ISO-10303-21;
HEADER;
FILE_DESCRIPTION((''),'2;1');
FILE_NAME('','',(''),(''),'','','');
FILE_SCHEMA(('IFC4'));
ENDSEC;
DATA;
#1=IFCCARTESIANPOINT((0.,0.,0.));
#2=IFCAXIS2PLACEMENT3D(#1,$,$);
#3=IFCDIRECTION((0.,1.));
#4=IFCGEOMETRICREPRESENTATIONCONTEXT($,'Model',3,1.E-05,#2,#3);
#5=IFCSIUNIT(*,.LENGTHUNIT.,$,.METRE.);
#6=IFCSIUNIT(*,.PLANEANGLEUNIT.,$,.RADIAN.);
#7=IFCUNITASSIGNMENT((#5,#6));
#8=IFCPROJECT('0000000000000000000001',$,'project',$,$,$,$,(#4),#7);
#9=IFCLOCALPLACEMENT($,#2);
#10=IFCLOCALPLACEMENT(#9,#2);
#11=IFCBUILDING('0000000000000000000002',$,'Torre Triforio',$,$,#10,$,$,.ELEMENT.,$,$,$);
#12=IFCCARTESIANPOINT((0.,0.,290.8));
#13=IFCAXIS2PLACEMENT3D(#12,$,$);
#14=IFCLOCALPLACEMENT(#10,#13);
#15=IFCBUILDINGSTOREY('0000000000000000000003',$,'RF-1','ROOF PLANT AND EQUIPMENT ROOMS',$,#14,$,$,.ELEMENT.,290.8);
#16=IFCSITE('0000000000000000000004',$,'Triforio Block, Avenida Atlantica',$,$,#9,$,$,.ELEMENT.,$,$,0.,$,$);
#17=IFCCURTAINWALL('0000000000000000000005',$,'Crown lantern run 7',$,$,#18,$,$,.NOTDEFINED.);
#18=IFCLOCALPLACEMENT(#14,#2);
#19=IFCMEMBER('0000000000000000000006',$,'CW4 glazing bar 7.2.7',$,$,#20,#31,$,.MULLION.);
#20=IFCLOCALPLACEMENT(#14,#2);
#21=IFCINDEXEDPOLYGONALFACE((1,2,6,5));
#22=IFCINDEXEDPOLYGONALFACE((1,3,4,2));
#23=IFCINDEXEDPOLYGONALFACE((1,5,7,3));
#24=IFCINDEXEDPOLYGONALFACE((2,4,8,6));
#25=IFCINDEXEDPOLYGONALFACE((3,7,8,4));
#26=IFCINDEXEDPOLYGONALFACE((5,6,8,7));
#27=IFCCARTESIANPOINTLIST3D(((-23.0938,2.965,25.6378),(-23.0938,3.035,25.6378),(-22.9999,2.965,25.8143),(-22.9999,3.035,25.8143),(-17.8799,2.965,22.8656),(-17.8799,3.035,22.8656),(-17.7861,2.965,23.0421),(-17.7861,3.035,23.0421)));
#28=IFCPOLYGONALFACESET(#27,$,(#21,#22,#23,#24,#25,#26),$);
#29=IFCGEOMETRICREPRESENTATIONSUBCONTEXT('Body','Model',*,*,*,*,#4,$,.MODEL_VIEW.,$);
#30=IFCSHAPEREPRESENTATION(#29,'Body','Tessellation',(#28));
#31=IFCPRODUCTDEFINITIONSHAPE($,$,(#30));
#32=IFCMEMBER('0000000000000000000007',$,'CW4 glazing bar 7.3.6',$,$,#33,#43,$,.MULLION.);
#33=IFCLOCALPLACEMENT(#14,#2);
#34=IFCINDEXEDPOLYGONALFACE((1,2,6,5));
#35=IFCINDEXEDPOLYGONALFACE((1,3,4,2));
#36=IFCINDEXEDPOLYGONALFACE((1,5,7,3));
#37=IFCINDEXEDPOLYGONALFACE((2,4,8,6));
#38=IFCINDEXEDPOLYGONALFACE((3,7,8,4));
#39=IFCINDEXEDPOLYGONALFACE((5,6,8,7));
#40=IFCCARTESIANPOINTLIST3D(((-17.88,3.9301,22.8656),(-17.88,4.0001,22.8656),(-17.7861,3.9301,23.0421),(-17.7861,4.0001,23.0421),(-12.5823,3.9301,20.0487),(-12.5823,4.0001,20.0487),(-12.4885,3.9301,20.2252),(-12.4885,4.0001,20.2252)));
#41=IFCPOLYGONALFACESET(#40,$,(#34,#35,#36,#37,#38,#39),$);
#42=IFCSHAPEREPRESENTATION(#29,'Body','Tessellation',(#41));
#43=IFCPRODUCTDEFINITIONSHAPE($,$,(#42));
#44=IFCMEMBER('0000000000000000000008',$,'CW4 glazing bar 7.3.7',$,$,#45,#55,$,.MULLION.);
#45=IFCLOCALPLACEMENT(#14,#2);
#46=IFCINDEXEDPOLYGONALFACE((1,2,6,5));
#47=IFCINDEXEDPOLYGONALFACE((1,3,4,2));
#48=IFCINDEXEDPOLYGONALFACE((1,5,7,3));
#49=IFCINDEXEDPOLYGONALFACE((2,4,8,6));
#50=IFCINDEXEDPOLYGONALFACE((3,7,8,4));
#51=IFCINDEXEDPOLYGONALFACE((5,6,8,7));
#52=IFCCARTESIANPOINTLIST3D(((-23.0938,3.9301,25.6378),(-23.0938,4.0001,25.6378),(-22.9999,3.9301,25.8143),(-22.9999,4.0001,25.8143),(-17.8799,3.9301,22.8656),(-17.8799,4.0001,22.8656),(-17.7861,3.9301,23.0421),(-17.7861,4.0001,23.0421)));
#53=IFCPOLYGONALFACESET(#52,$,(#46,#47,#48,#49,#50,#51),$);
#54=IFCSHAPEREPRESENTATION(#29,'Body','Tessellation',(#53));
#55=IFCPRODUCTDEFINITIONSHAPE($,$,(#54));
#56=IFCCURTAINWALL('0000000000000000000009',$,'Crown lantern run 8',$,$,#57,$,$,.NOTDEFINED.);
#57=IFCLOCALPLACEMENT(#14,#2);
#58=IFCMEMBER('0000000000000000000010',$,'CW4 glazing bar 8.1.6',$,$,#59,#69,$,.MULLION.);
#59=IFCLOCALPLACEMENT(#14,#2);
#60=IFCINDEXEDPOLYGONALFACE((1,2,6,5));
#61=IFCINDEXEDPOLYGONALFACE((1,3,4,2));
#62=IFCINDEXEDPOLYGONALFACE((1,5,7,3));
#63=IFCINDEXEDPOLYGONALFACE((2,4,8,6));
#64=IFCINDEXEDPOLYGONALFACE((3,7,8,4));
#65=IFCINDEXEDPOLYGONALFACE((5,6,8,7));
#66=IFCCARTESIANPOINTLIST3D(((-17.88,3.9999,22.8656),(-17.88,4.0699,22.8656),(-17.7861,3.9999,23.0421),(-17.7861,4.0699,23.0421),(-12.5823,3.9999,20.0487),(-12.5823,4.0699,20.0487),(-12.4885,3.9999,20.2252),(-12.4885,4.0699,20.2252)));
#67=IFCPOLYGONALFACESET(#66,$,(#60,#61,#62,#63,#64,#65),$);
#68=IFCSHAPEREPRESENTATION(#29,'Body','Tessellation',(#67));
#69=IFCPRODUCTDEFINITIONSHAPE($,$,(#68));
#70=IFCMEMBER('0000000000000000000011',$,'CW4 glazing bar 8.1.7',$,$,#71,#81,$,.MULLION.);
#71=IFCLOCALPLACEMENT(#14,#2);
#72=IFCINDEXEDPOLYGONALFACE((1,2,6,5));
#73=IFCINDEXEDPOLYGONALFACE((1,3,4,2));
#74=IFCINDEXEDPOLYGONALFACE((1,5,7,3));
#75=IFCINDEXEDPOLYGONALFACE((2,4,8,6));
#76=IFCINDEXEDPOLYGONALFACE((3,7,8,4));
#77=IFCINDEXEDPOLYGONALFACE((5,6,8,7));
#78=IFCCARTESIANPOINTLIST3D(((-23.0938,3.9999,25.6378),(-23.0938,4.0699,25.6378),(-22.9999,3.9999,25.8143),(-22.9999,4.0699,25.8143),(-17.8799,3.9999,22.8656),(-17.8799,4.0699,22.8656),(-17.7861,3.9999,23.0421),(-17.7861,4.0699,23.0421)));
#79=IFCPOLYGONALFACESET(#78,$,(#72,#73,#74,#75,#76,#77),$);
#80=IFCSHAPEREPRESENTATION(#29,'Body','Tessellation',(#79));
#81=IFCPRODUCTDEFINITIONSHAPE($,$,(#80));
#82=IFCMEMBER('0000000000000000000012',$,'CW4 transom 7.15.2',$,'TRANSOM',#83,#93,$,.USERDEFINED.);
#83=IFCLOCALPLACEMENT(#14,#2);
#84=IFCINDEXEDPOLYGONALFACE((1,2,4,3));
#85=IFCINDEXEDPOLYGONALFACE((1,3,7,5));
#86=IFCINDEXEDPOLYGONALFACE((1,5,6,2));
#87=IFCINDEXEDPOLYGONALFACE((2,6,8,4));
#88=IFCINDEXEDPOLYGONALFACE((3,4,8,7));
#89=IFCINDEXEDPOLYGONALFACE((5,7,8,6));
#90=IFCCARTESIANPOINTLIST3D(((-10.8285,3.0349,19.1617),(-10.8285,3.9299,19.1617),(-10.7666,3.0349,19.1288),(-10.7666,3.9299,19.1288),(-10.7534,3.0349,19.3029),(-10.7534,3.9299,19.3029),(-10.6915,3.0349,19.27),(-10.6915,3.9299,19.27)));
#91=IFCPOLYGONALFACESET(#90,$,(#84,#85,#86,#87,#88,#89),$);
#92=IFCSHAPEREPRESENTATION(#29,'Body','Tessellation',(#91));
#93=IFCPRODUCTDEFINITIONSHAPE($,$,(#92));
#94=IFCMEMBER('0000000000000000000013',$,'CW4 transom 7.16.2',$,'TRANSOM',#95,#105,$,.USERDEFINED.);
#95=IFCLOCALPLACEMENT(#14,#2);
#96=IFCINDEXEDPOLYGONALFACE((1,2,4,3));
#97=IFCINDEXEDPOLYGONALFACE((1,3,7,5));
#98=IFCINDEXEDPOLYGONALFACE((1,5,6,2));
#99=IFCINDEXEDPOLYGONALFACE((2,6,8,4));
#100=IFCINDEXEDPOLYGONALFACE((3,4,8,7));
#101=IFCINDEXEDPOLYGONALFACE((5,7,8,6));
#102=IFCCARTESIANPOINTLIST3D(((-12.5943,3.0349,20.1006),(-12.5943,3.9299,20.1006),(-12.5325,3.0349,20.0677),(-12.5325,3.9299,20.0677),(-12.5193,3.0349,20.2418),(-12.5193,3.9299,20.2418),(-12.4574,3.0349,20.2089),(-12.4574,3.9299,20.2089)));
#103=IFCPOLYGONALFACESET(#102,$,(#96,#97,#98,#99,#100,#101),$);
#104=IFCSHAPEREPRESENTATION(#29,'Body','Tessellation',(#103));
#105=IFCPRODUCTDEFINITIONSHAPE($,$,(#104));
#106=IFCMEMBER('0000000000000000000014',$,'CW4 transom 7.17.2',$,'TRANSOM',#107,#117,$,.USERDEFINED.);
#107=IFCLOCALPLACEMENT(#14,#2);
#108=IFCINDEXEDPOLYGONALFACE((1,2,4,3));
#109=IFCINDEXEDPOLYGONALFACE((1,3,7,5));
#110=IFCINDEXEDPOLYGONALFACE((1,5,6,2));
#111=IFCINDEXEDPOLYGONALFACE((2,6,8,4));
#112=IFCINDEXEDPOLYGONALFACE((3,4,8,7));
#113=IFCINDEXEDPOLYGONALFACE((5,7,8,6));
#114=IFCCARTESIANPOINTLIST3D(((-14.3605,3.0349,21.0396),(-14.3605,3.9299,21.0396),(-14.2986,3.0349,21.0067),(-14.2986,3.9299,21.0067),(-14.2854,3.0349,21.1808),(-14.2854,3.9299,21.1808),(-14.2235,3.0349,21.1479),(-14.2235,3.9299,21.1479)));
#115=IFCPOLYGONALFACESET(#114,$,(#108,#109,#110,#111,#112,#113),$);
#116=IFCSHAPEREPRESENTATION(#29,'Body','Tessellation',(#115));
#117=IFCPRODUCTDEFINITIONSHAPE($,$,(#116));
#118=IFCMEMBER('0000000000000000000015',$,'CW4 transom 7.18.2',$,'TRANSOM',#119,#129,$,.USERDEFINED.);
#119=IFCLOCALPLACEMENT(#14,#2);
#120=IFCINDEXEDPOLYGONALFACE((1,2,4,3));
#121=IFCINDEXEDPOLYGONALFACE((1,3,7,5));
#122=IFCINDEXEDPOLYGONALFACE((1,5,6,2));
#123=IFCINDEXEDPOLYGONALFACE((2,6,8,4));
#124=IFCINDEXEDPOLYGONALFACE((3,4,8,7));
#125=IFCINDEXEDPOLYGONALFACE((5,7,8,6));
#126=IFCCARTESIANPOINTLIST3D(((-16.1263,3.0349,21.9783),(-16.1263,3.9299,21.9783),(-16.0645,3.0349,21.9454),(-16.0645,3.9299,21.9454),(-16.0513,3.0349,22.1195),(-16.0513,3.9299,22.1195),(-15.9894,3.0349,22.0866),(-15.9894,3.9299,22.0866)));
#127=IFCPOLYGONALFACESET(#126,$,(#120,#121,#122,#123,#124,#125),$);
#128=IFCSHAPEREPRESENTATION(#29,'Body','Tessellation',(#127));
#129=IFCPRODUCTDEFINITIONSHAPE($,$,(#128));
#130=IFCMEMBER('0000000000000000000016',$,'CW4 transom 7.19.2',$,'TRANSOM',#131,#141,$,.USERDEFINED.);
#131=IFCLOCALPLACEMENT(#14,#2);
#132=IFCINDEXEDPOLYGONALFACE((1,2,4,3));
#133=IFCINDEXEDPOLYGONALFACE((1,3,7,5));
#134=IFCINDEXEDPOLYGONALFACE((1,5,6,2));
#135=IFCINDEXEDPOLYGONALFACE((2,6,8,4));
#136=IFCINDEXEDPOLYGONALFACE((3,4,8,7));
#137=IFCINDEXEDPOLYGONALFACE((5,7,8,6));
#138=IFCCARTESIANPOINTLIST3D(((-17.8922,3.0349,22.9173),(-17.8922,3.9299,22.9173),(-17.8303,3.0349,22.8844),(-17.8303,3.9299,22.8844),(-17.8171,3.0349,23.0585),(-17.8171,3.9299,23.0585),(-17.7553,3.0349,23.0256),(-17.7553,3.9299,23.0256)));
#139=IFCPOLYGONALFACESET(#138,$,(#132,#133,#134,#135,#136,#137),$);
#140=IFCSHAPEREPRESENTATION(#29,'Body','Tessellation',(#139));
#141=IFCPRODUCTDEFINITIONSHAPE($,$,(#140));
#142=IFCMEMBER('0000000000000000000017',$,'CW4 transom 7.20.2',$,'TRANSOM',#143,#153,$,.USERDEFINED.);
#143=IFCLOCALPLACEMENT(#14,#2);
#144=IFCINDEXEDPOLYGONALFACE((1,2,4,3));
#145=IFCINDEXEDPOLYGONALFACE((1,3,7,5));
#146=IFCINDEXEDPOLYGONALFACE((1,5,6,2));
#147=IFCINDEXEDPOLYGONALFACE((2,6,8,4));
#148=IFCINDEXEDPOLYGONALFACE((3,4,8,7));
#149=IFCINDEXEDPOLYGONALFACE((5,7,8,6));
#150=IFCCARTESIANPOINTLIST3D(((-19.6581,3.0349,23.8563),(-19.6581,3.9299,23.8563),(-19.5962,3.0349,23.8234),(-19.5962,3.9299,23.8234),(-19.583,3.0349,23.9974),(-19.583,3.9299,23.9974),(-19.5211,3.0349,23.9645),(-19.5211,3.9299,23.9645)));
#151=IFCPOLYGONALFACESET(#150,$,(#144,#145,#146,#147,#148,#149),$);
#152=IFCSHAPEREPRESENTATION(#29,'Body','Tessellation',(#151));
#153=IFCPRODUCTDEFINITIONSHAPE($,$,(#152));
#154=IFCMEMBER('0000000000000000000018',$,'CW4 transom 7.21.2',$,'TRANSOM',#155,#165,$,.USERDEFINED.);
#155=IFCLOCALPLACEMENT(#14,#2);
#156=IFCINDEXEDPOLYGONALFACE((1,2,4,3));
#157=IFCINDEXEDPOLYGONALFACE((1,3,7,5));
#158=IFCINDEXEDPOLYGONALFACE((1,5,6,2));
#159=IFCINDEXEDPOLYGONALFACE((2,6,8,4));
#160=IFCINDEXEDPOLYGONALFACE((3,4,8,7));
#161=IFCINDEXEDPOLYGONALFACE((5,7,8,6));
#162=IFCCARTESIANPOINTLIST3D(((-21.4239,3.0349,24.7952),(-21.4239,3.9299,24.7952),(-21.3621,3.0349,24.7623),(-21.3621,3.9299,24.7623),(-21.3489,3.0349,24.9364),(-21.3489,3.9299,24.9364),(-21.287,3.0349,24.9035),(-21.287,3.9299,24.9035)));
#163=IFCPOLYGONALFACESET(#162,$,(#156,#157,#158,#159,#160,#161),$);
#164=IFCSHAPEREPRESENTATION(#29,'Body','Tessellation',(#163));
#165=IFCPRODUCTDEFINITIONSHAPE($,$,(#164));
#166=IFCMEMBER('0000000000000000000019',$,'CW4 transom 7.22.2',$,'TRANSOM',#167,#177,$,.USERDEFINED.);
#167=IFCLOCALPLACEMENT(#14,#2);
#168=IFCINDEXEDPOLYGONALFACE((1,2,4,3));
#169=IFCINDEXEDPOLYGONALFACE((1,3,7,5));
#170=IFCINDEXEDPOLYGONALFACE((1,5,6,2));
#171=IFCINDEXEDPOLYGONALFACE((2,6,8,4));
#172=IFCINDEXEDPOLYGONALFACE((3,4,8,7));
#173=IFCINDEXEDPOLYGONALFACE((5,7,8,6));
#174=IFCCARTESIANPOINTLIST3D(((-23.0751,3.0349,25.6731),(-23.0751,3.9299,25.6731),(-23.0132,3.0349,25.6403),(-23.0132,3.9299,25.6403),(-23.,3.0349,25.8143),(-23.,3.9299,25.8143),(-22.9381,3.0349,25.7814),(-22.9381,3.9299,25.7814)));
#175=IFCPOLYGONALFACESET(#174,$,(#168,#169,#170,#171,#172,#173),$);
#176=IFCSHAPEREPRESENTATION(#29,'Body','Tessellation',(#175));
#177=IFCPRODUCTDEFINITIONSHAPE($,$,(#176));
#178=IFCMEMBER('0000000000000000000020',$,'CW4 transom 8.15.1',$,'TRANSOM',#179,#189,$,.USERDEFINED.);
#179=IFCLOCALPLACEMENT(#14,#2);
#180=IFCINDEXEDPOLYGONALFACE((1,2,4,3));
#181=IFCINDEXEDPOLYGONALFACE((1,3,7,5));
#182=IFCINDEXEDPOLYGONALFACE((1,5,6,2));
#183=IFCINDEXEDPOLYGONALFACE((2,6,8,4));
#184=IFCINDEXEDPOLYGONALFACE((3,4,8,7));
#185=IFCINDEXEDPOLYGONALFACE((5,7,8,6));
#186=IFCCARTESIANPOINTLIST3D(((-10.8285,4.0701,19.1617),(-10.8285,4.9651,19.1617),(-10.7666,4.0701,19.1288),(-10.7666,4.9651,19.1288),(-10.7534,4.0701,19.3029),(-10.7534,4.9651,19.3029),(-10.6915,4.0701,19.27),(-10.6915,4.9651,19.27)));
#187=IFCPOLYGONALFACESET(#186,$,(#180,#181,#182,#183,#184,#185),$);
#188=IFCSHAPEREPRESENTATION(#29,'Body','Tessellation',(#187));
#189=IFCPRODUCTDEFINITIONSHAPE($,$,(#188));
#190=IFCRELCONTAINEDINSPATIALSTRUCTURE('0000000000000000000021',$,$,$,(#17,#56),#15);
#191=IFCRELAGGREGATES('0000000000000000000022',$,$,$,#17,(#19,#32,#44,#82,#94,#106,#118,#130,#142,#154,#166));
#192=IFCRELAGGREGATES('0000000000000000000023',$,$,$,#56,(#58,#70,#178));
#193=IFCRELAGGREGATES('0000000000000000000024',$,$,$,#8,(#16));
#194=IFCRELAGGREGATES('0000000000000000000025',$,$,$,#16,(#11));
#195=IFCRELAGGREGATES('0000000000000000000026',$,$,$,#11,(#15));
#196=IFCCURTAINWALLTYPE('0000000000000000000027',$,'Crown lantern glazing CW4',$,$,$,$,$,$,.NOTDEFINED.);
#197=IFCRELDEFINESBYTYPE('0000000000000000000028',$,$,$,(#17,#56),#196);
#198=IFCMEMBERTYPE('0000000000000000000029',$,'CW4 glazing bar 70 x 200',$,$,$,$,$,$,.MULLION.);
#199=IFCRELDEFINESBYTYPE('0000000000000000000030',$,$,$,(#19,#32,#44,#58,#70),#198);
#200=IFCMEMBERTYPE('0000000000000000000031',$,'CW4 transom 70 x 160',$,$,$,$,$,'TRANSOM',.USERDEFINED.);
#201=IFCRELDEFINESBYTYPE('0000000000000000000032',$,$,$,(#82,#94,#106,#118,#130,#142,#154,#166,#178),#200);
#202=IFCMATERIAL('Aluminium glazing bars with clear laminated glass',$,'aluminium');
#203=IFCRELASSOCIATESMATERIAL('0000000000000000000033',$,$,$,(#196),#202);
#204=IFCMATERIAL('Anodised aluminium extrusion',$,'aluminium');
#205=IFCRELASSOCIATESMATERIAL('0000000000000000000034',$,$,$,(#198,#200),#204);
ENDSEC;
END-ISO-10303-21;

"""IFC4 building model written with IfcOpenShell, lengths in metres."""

from ifc_helpers import new_model, si_unit, direction, frame, origin, origin_2d, place, context, subcontext, project, spatial, rectangle, extrude, material, material_profile, profile_set, type_object, element, aggregate, save


model = new_model("IFC4")

# Units and contexts
model_context = context("Model", 3, precision=1e-05, world=origin(), true_north=direction((0.0, 1.0)))
body_context = subcontext(model_context, "Body", "Model", "MODEL_VIEW")
ifc_project = project(units=[si_unit("LENGTHUNIT", "METRE"), si_unit("PLANEANGLEUNIT", "RADIAN")], contexts=[model_context])

# Site, building, storey
site_placement = place(None, origin())
site = spatial("IfcSite", under=ifc_project, at=site_placement, Name="Triforio Block, Avenida Atlantica", CompositionType="ELEMENT", RefElevation=0.0)
building_placement = place(site_placement, origin())
building = spatial("IfcBuilding", under=site, at=building_placement, Name="Torre Triforio", CompositionType="ELEMENT")
storey_placement = place(building_placement, frame((0.0, 0.0, 290.8)))
storey = spatial("IfcBuildingStorey", under=building, at=storey_placement, Name="RF-1", Description="ROOF PLANT AND EQUIPMENT ROOMS", CompositionType="ELEMENT", Elevation=290.8)

# Curtain walls, members
ifc_material_1 = material(Name="Aluminium glazing bars with clear laminated glass", Category="aluminium")
curtain_wall_type = type_object("IfcCurtainWallType", Name="Crown lantern glazing CW4", PredefinedType="NOTDEFINED", material=ifc_material_1)
curtain_wall_1_placement = place(storey_placement, origin())
curtain_wall_1 = element("IfcCurtainWall", 1, at=curtain_wall_1_placement, inside=storey, type_object=curtain_wall_type, Name="Crown lantern run 7", PredefinedType="NOTDEFINED")
ifc_material_2 = material(Name="Anodised aluminium extrusion", Category="aluminium")
ifc_material_profile_1 = material_profile(ifc_material_2, rectangle(XDim=0.0701, YDim=0.2, at=origin_2d()), Name="CW4 MULLION 70x200")
ifc_profile_set_1 = profile_set([ifc_material_profile_1], Name="Anodised aluminium extrusion")
member_type_1 = type_object("IfcMemberType", Name="CW4 glazing bar 70 x 200", PredefinedType="MULLION", material=ifc_profile_set_1)
member_1_placement = place(storey_placement, frame((-17.833, 3.0, 22.9539), z_axis=(-0.882951, 0.0, 0.469466), x_axis=(0.0, -1.0, 0.0)))
member_1 = element("IfcMember", 2, at=member_1_placement, type_object=member_type_1, Name="CW4 glazing bar 7.2.7", PredefinedType="MULLION", context=body_context, shape_type="SweptSolid", body=[
    extrude(rectangle(XDim=0.0701, YDim=0.2, at=origin_2d()), origin(), (0.0, 0.0, 1.0), 5.905),
])
member_2_placement = place(storey_placement, frame((-12.5354, 3.9651, 20.137), z_axis=(-0.88294, 0.0, 0.469485), x_axis=(0.0, -1.0, 0.0)))
member_2 = element("IfcMember", 3, at=member_2_placement, type_object=member_type_1, Name="CW4 glazing bar 7.3.6", PredefinedType="MULLION", context=body_context, shape_type="SweptSolid", body=[
    extrude(rectangle(XDim=0.0701, YDim=0.2, at=origin_2d()), origin(), (0.0, 0.0, 1.0), 6.0),
])
member_3_placement = place(storey_placement, frame((-17.833, 3.9651, 22.9539), z_axis=(-0.882951, 0.0, 0.469466), x_axis=(0.0, -1.0, 0.0)))
member_3 = element("IfcMember", 4, at=member_3_placement, type_object=member_type_1, Name="CW4 glazing bar 7.3.7", PredefinedType="MULLION", context=body_context, shape_type="SweptSolid", body=[
    extrude(rectangle(XDim=0.0701, YDim=0.2, at=origin_2d()), origin(), (0.0, 0.0, 1.0), 5.905),
])
curtain_wall_2_placement = place(storey_placement, origin())
curtain_wall_2 = element("IfcCurtainWall", 5, at=curtain_wall_2_placement, inside=storey, type_object=curtain_wall_type, Name="Crown lantern run 8", PredefinedType="NOTDEFINED")
member_4_placement = place(storey_placement, frame((-12.5354, 4.0349, 20.137), z_axis=(-0.88294, 0.0, 0.469485), x_axis=(0.0, -1.0, 0.0)))
member_4 = element("IfcMember", 6, at=member_4_placement, type_object=member_type_1, Name="CW4 glazing bar 8.1.6", PredefinedType="MULLION", context=body_context, shape_type="SweptSolid", body=[
    extrude(rectangle(XDim=0.0701, YDim=0.2, at=origin_2d()), origin(), (0.0, 0.0, 1.0), 6.0),
])
member_5_placement = place(storey_placement, frame((-17.833, 4.0349, 22.9539), z_axis=(-0.882951, 0.0, 0.469466), x_axis=(0.0, -1.0, 0.0)))
member_5 = element("IfcMember", 7, at=member_5_placement, type_object=member_type_1, Name="CW4 glazing bar 8.1.7", PredefinedType="MULLION", context=body_context, shape_type="SweptSolid", body=[
    extrude(rectangle(XDim=0.0701, YDim=0.2, at=origin_2d()), origin(), (0.0, 0.0, 1.0), 5.905),
])

# Members
ifc_material_profile_2 = material_profile(ifc_material_2, rectangle(XDim=0.0701, YDim=0.1599, at=origin_2d()), Name="CW4 TRANSOM 70x160")
ifc_profile_set_2 = profile_set([ifc_material_profile_2], Name="Anodised aluminium extrusion")
member_type_2 = type_object("IfcMemberType", Name="CW4 transom 70 x 160", ElementType="TRANSOM", PredefinedType="USERDEFINED", material=ifc_profile_set_2)
member_6_placement = place(storey_placement, frame((-10.76, 3.0349, 19.2158), z_axis=(0.0, 1.0, 0.0), x_axis=(-0.882948, 0.0, 0.469472)))
member_6 = element("IfcMember", 8, at=member_6_placement, type_object=member_type_2, Name="CW4 transom 7.15.2", ObjectType="TRANSOM", PredefinedType="USERDEFINED", context=body_context, shape_type="SweptSolid", body=[
    extrude(rectangle(XDim=0.0701, YDim=0.1599, at=origin_2d()), origin(), (0.0, 0.0, 1.0), 0.895),
])
member_7_placement = place(storey_placement, frame((-12.5259, 3.0349, 20.1548), z_axis=(0.0, 1.0, 0.0), x_axis=(-0.882948, 0.0, 0.469472)))
member_7 = element("IfcMember", 9, at=member_7_placement, type_object=member_type_2, Name="CW4 transom 7.16.2", ObjectType="TRANSOM", PredefinedType="USERDEFINED", context=body_context, shape_type="SweptSolid", body=[
    extrude(rectangle(XDim=0.0701, YDim=0.1599, at=origin_2d()), origin(), (0.0, 0.0, 1.0), 0.895),
])
member_8_placement = place(storey_placement, frame((-14.292, 3.0349, 21.0938), z_axis=(0.0, 1.0, 0.0), x_axis=(-0.882948, 0.0, 0.469472)))
member_8 = element("IfcMember", 10, at=member_8_placement, type_object=member_type_2, Name="CW4 transom 7.17.2", ObjectType="TRANSOM", PredefinedType="USERDEFINED", context=body_context, shape_type="SweptSolid", body=[
    extrude(rectangle(XDim=0.0701, YDim=0.1599, at=origin_2d()), origin(), (0.0, 0.0, 1.0), 0.895),
])
member_9_placement = place(storey_placement, frame((-16.0579, 3.0349, 22.0325), z_axis=(0.0, 1.0, 0.0), x_axis=(-0.882948, 0.0, 0.469472)))
member_9 = element("IfcMember", 11, at=member_9_placement, type_object=member_type_2, Name="CW4 transom 7.18.2", ObjectType="TRANSOM", PredefinedType="USERDEFINED", context=body_context, shape_type="SweptSolid", body=[
    extrude(rectangle(XDim=0.0701, YDim=0.1599, at=origin_2d()), origin(), (0.0, 0.0, 1.0), 0.895),
])
member_10_placement = place(storey_placement, frame((-17.8237, 3.0349, 22.9714), z_axis=(0.0, 1.0, 0.0), x_axis=(-0.882948, 0.0, 0.469472)))
member_10 = element("IfcMember", 12, at=member_10_placement, type_object=member_type_2, Name="CW4 transom 7.19.2", ObjectType="TRANSOM", PredefinedType="USERDEFINED", context=body_context, shape_type="SweptSolid", body=[
    extrude(rectangle(XDim=0.0701, YDim=0.1599, at=origin_2d()), origin(), (0.0, 0.0, 1.0), 0.895),
])
member_11_placement = place(storey_placement, frame((-19.5896, 3.0349, 23.9104), z_axis=(0.0, 1.0, 0.0), x_axis=(-0.882948, 0.0, 0.469472)))
member_11 = element("IfcMember", 13, at=member_11_placement, type_object=member_type_2, Name="CW4 transom 7.20.2", ObjectType="TRANSOM", PredefinedType="USERDEFINED", context=body_context, shape_type="SweptSolid", body=[
    extrude(rectangle(XDim=0.0701, YDim=0.1599, at=origin_2d()), origin(), (0.0, 0.0, 1.0), 0.895),
])
member_12_placement = place(storey_placement, frame((-21.3555, 3.0349, 24.8494), z_axis=(0.0, 1.0, 0.0), x_axis=(-0.882948, 0.0, 0.469472)))
member_12 = element("IfcMember", 14, at=member_12_placement, type_object=member_type_2, Name="CW4 transom 7.21.2", ObjectType="TRANSOM", PredefinedType="USERDEFINED", context=body_context, shape_type="SweptSolid", body=[
    extrude(rectangle(XDim=0.0701, YDim=0.1599, at=origin_2d()), origin(), (0.0, 0.0, 1.0), 0.895),
])
member_13_placement = place(storey_placement, frame((-23.0066, 3.0349, 25.7273), z_axis=(0.0, 1.0, 0.0), x_axis=(-0.882948, 0.0, 0.469472)))
member_13 = element("IfcMember", 15, at=member_13_placement, type_object=member_type_2, Name="CW4 transom 7.22.2", ObjectType="TRANSOM", PredefinedType="USERDEFINED", context=body_context, shape_type="SweptSolid", body=[
    extrude(rectangle(XDim=0.0701, YDim=0.1599, at=origin_2d()), origin(), (0.0, 0.0, 1.0), 0.895),
])
member_14_placement = place(storey_placement, frame((-10.76, 4.0701, 19.2158), z_axis=(0.0, 1.0, 0.0), x_axis=(-0.882948, 0.0, 0.469472)))
member_14 = element("IfcMember", 16, at=member_14_placement, type_object=member_type_2, Name="CW4 transom 8.15.1", ObjectType="TRANSOM", PredefinedType="USERDEFINED", context=body_context, shape_type="SweptSolid", body=[
    extrude(rectangle(XDim=0.0701, YDim=0.1599, at=origin_2d()), origin(), (0.0, 0.0, 1.0), 0.895),
])

aggregate(curtain_wall_1, [member_1, member_2, member_3, member_6, member_7, member_8, member_9, member_10, member_11, member_12, member_13])
aggregate(curtain_wall_2, [member_4, member_5, member_14])

save(model, "model.ifc")
